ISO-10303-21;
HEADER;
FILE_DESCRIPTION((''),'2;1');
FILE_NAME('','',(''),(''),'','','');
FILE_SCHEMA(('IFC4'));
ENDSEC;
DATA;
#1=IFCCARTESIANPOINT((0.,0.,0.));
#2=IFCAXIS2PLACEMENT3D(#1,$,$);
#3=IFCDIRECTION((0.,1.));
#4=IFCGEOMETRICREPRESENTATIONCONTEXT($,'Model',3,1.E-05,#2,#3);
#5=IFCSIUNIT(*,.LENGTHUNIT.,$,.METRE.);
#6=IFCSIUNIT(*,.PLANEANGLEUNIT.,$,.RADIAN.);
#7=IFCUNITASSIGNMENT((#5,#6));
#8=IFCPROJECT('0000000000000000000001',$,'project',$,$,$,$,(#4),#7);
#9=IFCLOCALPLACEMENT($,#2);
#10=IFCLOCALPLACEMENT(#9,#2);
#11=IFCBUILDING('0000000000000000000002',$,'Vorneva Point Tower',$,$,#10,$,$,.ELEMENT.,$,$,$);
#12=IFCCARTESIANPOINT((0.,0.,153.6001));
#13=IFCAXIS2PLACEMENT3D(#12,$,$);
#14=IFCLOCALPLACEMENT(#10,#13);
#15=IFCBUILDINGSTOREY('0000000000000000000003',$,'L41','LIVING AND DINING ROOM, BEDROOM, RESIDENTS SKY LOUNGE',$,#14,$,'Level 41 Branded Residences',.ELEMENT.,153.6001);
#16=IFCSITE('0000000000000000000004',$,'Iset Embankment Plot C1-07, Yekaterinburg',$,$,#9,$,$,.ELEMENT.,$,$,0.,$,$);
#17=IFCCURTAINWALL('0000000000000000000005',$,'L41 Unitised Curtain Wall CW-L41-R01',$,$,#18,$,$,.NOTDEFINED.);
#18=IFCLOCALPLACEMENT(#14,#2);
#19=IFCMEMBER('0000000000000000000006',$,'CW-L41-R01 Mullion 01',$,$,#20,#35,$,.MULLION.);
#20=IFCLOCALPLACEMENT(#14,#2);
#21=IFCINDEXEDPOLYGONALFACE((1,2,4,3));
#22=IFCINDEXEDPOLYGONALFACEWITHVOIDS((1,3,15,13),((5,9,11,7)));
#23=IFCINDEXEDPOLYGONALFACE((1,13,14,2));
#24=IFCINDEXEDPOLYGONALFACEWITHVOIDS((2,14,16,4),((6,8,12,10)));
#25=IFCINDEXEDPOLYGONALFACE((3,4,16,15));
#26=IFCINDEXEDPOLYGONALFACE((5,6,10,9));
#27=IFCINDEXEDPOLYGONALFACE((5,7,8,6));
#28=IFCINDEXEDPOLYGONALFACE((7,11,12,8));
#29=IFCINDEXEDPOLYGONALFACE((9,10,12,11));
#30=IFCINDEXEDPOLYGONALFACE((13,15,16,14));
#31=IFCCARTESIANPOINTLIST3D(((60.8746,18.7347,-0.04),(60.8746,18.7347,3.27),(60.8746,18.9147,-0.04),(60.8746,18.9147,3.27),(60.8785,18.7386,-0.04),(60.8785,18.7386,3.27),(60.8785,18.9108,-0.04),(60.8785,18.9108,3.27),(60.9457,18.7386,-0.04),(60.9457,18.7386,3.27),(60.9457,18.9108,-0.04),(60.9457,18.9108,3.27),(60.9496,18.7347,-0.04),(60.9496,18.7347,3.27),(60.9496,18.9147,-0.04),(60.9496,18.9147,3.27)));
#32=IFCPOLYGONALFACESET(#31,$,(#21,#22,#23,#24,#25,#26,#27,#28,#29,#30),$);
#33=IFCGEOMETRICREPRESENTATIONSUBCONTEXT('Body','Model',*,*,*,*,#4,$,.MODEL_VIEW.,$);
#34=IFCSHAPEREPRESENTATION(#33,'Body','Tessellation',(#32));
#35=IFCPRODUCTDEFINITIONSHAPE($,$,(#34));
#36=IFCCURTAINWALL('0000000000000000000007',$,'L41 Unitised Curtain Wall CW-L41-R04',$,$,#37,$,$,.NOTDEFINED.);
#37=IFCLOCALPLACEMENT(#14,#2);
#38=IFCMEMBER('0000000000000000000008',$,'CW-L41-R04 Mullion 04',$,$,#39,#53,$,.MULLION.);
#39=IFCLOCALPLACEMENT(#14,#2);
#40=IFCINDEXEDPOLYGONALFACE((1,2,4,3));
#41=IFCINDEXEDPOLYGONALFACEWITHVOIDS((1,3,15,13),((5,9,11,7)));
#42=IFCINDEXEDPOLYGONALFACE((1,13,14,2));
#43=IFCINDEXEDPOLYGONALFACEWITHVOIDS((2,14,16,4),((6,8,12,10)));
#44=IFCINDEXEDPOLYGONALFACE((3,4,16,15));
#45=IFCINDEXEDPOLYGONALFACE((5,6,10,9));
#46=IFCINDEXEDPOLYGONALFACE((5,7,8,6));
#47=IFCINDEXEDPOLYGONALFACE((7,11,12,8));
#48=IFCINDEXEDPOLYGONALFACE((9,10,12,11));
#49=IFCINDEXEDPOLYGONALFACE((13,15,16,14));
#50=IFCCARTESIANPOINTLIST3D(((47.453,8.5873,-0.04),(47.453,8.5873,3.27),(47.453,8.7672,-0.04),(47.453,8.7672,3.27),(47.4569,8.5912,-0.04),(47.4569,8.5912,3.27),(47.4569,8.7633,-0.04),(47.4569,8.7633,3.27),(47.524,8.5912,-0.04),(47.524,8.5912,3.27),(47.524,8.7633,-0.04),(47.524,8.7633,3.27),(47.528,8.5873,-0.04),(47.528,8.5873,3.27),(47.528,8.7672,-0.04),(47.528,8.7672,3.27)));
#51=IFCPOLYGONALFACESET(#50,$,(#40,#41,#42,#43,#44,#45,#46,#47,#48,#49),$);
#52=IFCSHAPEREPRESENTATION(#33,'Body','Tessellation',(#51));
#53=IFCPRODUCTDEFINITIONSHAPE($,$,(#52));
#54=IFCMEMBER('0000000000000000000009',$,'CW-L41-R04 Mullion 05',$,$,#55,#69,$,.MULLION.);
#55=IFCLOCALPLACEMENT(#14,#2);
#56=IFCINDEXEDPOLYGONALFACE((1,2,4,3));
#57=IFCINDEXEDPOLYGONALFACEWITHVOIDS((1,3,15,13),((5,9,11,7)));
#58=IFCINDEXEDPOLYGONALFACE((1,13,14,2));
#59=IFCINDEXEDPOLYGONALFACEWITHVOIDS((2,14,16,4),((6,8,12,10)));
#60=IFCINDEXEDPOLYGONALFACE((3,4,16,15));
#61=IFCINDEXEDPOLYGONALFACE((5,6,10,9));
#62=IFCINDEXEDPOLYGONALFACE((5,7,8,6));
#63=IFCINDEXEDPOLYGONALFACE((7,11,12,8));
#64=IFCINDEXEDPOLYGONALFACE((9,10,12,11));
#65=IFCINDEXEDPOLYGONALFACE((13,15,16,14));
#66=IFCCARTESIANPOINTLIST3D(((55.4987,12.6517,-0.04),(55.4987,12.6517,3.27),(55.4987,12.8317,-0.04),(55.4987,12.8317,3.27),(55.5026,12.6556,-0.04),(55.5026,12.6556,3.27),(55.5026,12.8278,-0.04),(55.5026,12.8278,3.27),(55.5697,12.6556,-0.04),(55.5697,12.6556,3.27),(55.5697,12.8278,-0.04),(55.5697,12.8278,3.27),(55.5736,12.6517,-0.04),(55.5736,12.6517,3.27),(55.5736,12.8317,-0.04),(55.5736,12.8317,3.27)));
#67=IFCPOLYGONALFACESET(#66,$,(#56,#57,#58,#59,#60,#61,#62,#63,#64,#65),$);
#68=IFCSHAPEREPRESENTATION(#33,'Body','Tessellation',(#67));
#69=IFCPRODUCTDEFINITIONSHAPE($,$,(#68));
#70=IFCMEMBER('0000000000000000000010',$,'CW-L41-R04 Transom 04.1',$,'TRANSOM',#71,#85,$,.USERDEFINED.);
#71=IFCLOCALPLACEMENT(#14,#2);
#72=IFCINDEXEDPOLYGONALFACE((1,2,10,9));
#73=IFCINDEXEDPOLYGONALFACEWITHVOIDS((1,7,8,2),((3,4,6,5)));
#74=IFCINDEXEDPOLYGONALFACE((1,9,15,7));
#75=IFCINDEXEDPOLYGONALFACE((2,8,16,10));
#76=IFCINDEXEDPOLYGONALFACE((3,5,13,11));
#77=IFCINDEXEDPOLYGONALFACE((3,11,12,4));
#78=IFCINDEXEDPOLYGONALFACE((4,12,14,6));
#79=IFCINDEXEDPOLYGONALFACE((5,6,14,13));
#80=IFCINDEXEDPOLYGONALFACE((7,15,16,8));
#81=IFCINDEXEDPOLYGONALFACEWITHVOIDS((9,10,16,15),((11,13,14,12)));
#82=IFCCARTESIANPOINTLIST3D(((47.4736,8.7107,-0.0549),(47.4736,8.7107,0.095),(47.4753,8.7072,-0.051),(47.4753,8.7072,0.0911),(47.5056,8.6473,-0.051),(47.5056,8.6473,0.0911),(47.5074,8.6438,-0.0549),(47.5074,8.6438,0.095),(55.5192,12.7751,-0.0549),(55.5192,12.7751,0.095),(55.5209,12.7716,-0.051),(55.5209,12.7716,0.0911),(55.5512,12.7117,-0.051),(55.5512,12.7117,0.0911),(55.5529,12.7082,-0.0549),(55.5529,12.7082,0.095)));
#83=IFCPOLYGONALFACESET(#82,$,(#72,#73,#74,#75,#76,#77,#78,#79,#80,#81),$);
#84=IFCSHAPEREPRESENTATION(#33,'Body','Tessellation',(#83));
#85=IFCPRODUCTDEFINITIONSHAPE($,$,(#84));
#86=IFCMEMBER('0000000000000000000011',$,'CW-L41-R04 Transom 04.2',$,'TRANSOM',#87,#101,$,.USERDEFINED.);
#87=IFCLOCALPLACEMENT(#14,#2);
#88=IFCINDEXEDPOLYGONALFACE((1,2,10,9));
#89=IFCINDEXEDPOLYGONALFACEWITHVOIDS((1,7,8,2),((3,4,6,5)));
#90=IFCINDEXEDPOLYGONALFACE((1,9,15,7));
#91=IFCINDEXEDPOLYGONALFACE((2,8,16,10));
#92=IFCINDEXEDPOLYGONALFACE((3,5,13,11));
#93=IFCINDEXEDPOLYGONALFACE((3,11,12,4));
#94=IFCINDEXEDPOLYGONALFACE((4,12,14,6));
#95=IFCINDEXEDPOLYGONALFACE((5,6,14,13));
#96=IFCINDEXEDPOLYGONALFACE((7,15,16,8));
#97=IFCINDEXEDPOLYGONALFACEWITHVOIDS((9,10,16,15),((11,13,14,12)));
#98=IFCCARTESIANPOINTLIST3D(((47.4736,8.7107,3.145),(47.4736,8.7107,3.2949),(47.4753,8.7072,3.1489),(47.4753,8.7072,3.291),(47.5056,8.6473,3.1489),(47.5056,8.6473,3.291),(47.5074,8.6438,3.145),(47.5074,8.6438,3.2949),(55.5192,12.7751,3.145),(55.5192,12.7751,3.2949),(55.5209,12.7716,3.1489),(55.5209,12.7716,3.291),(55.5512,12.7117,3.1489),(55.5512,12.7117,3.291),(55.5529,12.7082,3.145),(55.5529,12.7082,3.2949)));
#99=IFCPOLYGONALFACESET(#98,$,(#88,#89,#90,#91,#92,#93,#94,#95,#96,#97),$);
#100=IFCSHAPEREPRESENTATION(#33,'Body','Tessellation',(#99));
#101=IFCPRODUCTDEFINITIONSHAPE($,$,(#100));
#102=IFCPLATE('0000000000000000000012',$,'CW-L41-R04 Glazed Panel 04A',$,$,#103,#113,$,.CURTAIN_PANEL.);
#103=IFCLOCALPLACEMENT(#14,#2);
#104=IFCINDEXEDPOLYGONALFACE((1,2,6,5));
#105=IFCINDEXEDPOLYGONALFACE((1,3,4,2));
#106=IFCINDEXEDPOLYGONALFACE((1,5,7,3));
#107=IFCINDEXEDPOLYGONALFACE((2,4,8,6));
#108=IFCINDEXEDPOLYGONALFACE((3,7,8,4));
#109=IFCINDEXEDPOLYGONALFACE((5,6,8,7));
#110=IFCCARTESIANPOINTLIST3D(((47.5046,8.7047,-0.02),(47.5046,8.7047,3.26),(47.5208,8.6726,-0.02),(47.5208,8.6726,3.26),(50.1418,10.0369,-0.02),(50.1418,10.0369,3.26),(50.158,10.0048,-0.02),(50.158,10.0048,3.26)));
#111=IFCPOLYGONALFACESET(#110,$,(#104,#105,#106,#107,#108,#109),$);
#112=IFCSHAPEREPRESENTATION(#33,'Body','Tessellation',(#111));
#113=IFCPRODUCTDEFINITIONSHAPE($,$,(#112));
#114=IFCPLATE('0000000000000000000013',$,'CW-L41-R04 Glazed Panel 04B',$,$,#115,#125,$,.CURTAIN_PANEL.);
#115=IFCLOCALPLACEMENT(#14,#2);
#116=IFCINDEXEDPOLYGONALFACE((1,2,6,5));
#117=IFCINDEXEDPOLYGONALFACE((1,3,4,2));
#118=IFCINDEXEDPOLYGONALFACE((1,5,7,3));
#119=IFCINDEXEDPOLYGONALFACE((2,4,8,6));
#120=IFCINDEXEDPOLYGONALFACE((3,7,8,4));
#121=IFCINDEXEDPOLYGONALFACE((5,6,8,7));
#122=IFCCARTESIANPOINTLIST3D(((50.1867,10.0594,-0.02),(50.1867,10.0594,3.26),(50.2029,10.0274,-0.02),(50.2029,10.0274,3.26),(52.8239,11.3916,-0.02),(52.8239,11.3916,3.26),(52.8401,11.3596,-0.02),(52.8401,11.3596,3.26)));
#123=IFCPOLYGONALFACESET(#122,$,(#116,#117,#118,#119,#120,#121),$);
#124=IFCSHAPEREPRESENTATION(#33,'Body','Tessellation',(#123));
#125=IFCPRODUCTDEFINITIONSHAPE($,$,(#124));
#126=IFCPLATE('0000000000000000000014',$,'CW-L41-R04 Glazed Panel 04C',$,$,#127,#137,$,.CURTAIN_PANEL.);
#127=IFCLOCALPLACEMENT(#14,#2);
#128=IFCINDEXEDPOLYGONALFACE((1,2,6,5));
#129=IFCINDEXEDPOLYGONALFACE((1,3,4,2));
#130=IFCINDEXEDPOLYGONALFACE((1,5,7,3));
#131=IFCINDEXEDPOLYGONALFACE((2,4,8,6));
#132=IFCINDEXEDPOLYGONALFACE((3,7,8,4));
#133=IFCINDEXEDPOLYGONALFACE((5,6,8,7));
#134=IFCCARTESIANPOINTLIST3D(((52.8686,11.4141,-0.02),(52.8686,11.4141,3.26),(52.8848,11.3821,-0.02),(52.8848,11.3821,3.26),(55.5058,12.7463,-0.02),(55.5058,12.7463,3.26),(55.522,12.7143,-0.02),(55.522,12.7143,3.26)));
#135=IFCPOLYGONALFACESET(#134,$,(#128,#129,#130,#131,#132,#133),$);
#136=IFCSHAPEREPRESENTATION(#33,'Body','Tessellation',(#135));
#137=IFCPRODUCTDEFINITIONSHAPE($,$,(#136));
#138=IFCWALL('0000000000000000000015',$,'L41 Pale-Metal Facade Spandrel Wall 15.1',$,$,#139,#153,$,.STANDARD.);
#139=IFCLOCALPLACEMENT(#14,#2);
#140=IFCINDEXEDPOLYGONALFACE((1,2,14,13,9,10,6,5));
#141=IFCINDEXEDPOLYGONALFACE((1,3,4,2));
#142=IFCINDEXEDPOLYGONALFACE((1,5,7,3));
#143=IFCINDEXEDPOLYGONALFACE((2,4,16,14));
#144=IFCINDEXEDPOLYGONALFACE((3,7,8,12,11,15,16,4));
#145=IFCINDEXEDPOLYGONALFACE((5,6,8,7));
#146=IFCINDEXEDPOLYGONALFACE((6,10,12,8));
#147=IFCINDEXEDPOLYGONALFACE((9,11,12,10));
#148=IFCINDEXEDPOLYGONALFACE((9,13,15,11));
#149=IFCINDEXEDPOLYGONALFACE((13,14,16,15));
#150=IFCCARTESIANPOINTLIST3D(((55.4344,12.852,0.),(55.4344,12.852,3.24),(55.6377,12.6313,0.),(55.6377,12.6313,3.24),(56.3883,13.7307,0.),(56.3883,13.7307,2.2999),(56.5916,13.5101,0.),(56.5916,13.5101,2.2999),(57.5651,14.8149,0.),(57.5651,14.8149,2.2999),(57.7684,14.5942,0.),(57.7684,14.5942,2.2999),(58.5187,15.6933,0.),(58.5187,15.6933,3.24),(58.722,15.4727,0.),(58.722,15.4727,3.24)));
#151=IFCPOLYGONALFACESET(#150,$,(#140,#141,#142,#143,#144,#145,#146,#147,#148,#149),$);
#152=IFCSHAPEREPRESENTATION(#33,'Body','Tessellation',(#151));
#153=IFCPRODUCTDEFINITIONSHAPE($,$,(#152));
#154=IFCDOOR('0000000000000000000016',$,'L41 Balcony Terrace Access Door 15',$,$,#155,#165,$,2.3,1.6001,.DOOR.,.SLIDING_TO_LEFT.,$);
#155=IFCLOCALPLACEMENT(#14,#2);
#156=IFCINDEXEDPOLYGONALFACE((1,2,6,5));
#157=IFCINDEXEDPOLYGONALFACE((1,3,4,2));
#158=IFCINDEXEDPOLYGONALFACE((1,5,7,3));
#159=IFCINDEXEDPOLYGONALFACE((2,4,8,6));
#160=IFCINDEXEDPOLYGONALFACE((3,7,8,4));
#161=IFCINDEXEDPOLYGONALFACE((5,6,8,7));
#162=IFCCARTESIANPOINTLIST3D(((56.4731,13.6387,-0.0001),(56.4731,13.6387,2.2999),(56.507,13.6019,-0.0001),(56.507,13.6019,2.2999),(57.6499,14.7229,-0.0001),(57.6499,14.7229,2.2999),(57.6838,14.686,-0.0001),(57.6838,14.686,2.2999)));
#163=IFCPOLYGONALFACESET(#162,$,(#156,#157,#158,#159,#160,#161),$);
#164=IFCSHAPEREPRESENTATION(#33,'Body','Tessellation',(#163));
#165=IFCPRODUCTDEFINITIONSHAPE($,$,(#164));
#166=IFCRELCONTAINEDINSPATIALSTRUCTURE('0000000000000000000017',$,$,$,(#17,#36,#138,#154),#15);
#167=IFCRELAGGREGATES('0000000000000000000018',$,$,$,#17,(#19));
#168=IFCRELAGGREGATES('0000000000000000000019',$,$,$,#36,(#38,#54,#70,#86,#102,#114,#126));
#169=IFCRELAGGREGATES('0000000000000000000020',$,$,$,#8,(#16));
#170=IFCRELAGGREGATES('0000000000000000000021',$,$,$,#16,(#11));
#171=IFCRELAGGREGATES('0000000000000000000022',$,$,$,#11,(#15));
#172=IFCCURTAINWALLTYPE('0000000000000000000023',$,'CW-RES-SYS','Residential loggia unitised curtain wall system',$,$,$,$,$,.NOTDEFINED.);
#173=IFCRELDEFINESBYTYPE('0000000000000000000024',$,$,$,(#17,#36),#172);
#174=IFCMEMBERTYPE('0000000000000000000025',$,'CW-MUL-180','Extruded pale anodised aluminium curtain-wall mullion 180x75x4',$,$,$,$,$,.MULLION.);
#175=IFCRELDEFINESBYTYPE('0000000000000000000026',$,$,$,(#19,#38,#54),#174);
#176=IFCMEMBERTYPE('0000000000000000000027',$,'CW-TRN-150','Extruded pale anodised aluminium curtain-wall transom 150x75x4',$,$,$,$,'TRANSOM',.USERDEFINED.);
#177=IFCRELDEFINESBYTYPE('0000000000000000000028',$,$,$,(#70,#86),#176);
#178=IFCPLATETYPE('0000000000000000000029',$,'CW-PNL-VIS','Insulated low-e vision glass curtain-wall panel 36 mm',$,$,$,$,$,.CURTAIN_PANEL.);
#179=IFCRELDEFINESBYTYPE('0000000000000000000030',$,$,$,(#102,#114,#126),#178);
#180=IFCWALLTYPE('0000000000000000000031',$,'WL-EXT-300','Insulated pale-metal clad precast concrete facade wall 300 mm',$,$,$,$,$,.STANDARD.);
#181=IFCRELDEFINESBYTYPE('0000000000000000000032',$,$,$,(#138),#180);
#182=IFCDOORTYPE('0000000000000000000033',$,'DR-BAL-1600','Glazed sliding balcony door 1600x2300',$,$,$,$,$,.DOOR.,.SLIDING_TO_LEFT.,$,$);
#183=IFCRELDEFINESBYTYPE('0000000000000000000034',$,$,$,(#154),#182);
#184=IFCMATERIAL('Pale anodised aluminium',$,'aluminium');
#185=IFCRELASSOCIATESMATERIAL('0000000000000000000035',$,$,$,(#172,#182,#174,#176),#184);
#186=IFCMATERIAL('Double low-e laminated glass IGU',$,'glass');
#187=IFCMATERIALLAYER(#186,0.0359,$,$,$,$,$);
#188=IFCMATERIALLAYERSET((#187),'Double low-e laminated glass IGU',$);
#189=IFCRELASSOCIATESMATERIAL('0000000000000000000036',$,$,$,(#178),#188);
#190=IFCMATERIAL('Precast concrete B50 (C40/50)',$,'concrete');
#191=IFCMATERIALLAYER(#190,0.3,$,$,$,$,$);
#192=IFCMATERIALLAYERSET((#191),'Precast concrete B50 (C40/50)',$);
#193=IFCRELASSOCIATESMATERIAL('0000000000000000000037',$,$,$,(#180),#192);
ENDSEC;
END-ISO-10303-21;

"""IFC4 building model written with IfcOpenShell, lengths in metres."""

from ifc_helpers import new_model, si_unit, direction, frame, frame_2d, origin, origin_2d, place, context, subcontext, project, spatial, rectangle, hollow_rectangle, extrude, material, layer, layer_set, material_profile, profile_set, type_object, element, fill, aggregate, save


model = new_model("IFC4")

# Units and contexts
model_context = context("Model", 3, precision=1e-05, world=origin(), true_north=direction((0.0, 1.0)))
body_context = subcontext(model_context, "Body", "Model", "MODEL_VIEW")
ifc_project = project(units=[si_unit("LENGTHUNIT", "METRE"), si_unit("PLANEANGLEUNIT", "RADIAN")], contexts=[model_context])

# Site, building, storey
site_placement = place(None, origin())
site = spatial("IfcSite", under=ifc_project, at=site_placement, Name="Iset Embankment Plot C1-07, Yekaterinburg", CompositionType="ELEMENT", RefElevation=0.0)
building_placement = place(site_placement, origin())
building = spatial("IfcBuilding", under=site, at=building_placement, Name="Vorneva Point Tower", CompositionType="ELEMENT")
storey_placement = place(building_placement, frame((0.0, 0.0, 153.6001)))
storey = spatial("IfcBuildingStorey", under=building, at=storey_placement, Name="L41", Description="LIVING AND DINING ROOM, BEDROOM, RESIDENTS SKY LOUNGE", LongName="Level 41 Branded Residences", CompositionType="ELEMENT", Elevation=153.6001)

# Curtain wall, member
ifc_material_1 = material(Name="Pale anodised aluminium", Category="aluminium")
curtain_wall_type = type_object("IfcCurtainWallType", Name="CW-RES-SYS", Description="Residential loggia unitised curtain wall system", PredefinedType="NOTDEFINED", material=ifc_material_1)
curtain_wall_1_placement = place(storey_placement, origin())
curtain_wall_1 = element("IfcCurtainWall", 1, at=curtain_wall_1_placement, inside=storey, type_object=curtain_wall_type, Name="L41 Unitised Curtain Wall CW-L41-R01", PredefinedType="NOTDEFINED")
ifc_material_profile_1 = material_profile(ifc_material_1, hollow_rectangle(XDim=0.075, YDim=0.1799, WallThickness=0.0039, at=origin_2d()), Name="AL-MUL 180x75x4")
ifc_profile_set_1 = profile_set([ifc_material_profile_1], Name="Pale anodised aluminium")
member_type_1 = type_object("IfcMemberType", Name="CW-MUL-180", Description="Extruded pale anodised aluminium curtain-wall mullion 180x75x4", PredefinedType="MULLION", material=ifc_profile_set_1)
member_1_placement = place(storey_placement, frame((60.9121, 18.8247, -0.04), z_axis=(0.0, 0.0, 1.0), x_axis=(1.0, 0.0, 0.0)))
member_1 = element("IfcMember", 2, at=member_1_placement, type_object=member_type_1, Name="CW-L41-R01 Mullion 01", PredefinedType="MULLION", context=body_context, shape_type="SweptSolid", body=[
    extrude(hollow_rectangle(XDim=0.075, YDim=0.1799, WallThickness=0.0039, at=origin_2d()), origin(), (0.0, 0.0, 1.0), 3.3101),
])
aggregate(curtain_wall_1, [member_1])

# Curtain wall, members, plates
curtain_wall_2_placement = place(storey_placement, origin())
curtain_wall_2 = element("IfcCurtainWall", 3, at=curtain_wall_2_placement, inside=storey, type_object=curtain_wall_type, Name="L41 Unitised Curtain Wall CW-L41-R04", PredefinedType="NOTDEFINED")
member_2_placement = place(storey_placement, frame((47.4905, 8.6772, -0.04), z_axis=(0.0, 0.0, 1.0), x_axis=(1.0, 0.0, 0.0)))
member_2 = element("IfcMember", 4, at=member_2_placement, type_object=member_type_1, Name="CW-L41-R04 Mullion 04", PredefinedType="MULLION", context=body_context, shape_type="SweptSolid", body=[
    extrude(hollow_rectangle(XDim=0.075, YDim=0.1799, WallThickness=0.0039, at=origin_2d()), origin(), (0.0, 0.0, 1.0), 3.3101),
])
member_3_placement = place(storey_placement, frame((55.5361, 12.7417, -0.04), z_axis=(0.0, 0.0, 1.0), x_axis=(1.0, 0.0, 0.0)))
member_3 = element("IfcMember", 5, at=member_3_placement, type_object=member_type_1, Name="CW-L41-R04 Mullion 05", PredefinedType="MULLION", context=body_context, shape_type="SweptSolid", body=[
    extrude(hollow_rectangle(XDim=0.075, YDim=0.1799, WallThickness=0.0039, at=origin_2d()), origin(), (0.0, 0.0, 1.0), 3.3101),
])
ifc_material_profile_2 = material_profile(ifc_material_1, hollow_rectangle(XDim=0.075, YDim=0.1499, WallThickness=0.0039, at=origin_2d()), Name="AL-TRN 150x75x4")
ifc_profile_set_2 = profile_set([ifc_material_profile_2], Name="Pale anodised aluminium")
member_type_2 = type_object("IfcMemberType", Name="CW-TRN-150", Description="Extruded pale anodised aluminium curtain-wall transom 150x75x4", ElementType="TRANSOM", PredefinedType="USERDEFINED", material=ifc_profile_set_2)
member_4_placement = place(storey_placement, frame((47.4905, 8.6772, 0.02), z_axis=(0.892572, 0.450904, 0.0), x_axis=(-0.450904, 0.892572, 0.0)))
member_4 = element("IfcMember", 6, at=member_4_placement, type_object=member_type_2, Name="CW-L41-R04 Transom 04.1", ObjectType="TRANSOM", PredefinedType="USERDEFINED", context=body_context, shape_type="SweptSolid", body=[
    extrude(hollow_rectangle(XDim=0.075, YDim=0.1499, WallThickness=0.0039, at=origin_2d()), origin(), (0.0, 0.0, 1.0), 9.0139),
])
member_5_placement = place(storey_placement, frame((47.4905, 8.6772, 3.22), z_axis=(0.892572, 0.450904, 0.0), x_axis=(-0.450904, 0.892572, 0.0)))
member_5 = element("IfcMember", 7, at=member_5_placement, type_object=member_type_2, Name="CW-L41-R04 Transom 04.2", ObjectType="TRANSOM", PredefinedType="USERDEFINED", context=body_context, shape_type="SweptSolid", body=[
    extrude(hollow_rectangle(XDim=0.075, YDim=0.1499, WallThickness=0.0039, at=origin_2d()), origin(), (0.0, 0.0, 1.0), 9.0139),
])
ifc_material_2 = material(Name="Double low-e laminated glass IGU", Category="glass")
ifc_layer_1 = layer(ifc_material_2, 0.0359)
ifc_layer_set_1 = layer_set([ifc_layer_1], Name="Double low-e laminated glass IGU")
plate_type = type_object("IfcPlateType", Name="CW-PNL-VIS", Description="Insulated low-e vision glass curtain-wall panel 36 mm", PredefinedType="CURTAIN_PANEL", material=ifc_layer_set_1)
plate_1_placement = place(storey_placement, frame((48.8313, 9.3547, -0.02), z_axis=(0.0, 0.0, 1.0), x_axis=(0.892578, 0.450893, 0.0)))
plate_1 = element("IfcPlate", 8, at=plate_1_placement, type_object=plate_type, Name="CW-L41-R04 Glazed Panel 04A", PredefinedType="CURTAIN_PANEL", context=body_context, shape_type="SweptSolid", body=[
    extrude(rectangle(XDim=2.9546, YDim=0.0359, at=origin_2d()), origin(), (0.0, 0.0, 1.0), 3.28),
])
plate_2_placement = place(storey_placement, frame((51.5134, 10.7095, -0.02), z_axis=(0.0, 0.0, 1.0), x_axis=(0.892578, 0.450893, 0.0)))
plate_2 = element("IfcPlate", 9, at=plate_2_placement, type_object=plate_type, Name="CW-L41-R04 Glazed Panel 04B", PredefinedType="CURTAIN_PANEL", context=body_context, shape_type="SweptSolid", body=[
    extrude(rectangle(XDim=2.9546, YDim=0.0359, at=origin_2d()), origin(), (0.0, 0.0, 1.0), 3.28),
])
plate_3_placement = place(storey_placement, frame((54.1953, 12.0642, -0.02), z_axis=(0.0, 0.0, 1.0), x_axis=(0.892578, 0.450893, 0.0)))
plate_3 = element("IfcPlate", 10, at=plate_3_placement, type_object=plate_type, Name="CW-L41-R04 Glazed Panel 04C", PredefinedType="CURTAIN_PANEL", context=body_context, shape_type="SweptSolid", body=[
    extrude(rectangle(XDim=2.9546, YDim=0.0359, at=origin_2d()), origin(), (0.0, 0.0, 1.0), 3.28),
])
aggregate(curtain_wall_2, [member_2, member_3, member_4, member_5, plate_1, plate_2, plate_3])

# Wall, opening, door
ifc_material_3 = material(Name="Precast concrete B50 (C40/50)", Category="concrete")
ifc_layer_2 = layer(ifc_material_3, 0.3)
ifc_layer_set_2 = layer_set([ifc_layer_2], Name="Precast concrete B50 (C40/50)")
wall_type_1 = type_object("IfcWallType", Name="WL-EXT-300", Description="Insulated pale-metal clad precast concrete facade wall 300 mm", PredefinedType="STANDARD", material=ifc_layer_set_2)
wall_1_placement = place(storey_placement, frame((55.5361, 12.7417, 0.0), z_axis=(0.0, 0.0, 1.0), x_axis=(0.735477, 0.67755, 0.0)))
wall_1 = element("IfcWall", 11, at=wall_1_placement, inside=storey, type_object=wall_type_1, Name="L41 Pale-Metal Facade Spandrel Wall 15.1", PredefinedType="STANDARD", context=body_context, shape_type="SweptSolid", body=[
    extrude(rectangle(XDim=4.1936, YDim=0.3, at=frame_2d((2.0967, 0.0))), origin(), (0.0, 0.0, 1.0), 3.24),
])
opening_1_placement = place(wall_1_placement, frame((1.2969, 0.0, 0.0)))
opening_1 = element("IfcOpeningElement", 12, at=opening_1_placement, cuts=wall_1, PredefinedType="OPENING", context=body_context, shape_type="SweptSolid", body=[
    extrude(rectangle(XDim=1.6001, YDim=2.3, at=frame_2d((0.8, 1.1499))), frame((0.0, 0.165, 0.0), z_axis=(0.0, -1.0, 0.0), x_axis=(1.0, 0.0, 0.0)), (0.0, 0.0, 1.0), 0.3298),
])
door_type_1 = type_object("IfcDoorType", Name="DR-BAL-1600", Description="Glazed sliding balcony door 1600x2300", OperationType="SLIDING_TO_LEFT", PredefinedType="DOOR", material=ifc_material_1)
door_1_placement = place(opening_1_placement, origin())
door_1 = element("IfcDoor", 13, at=door_1_placement, inside=storey, type_object=door_type_1, Name="L41 Balcony Terrace Access Door 15", OperationType="SLIDING_TO_LEFT", OverallHeight=2.3, OverallWidth=1.6001, PredefinedType="DOOR", context=body_context, shape_type="SweptSolid", body=[
    extrude(rectangle(XDim=1.6001, YDim=2.3, at=frame_2d((0.8, 1.1499))), frame((0.0, 0.0249, 0.0), z_axis=(0.0, -1.0, 0.0), x_axis=(1.0, 0.0, 0.0)), (0.0, 0.0, 1.0), 0.05),
])
fill(opening_1, door_1)

save(model, "model.ifc")
